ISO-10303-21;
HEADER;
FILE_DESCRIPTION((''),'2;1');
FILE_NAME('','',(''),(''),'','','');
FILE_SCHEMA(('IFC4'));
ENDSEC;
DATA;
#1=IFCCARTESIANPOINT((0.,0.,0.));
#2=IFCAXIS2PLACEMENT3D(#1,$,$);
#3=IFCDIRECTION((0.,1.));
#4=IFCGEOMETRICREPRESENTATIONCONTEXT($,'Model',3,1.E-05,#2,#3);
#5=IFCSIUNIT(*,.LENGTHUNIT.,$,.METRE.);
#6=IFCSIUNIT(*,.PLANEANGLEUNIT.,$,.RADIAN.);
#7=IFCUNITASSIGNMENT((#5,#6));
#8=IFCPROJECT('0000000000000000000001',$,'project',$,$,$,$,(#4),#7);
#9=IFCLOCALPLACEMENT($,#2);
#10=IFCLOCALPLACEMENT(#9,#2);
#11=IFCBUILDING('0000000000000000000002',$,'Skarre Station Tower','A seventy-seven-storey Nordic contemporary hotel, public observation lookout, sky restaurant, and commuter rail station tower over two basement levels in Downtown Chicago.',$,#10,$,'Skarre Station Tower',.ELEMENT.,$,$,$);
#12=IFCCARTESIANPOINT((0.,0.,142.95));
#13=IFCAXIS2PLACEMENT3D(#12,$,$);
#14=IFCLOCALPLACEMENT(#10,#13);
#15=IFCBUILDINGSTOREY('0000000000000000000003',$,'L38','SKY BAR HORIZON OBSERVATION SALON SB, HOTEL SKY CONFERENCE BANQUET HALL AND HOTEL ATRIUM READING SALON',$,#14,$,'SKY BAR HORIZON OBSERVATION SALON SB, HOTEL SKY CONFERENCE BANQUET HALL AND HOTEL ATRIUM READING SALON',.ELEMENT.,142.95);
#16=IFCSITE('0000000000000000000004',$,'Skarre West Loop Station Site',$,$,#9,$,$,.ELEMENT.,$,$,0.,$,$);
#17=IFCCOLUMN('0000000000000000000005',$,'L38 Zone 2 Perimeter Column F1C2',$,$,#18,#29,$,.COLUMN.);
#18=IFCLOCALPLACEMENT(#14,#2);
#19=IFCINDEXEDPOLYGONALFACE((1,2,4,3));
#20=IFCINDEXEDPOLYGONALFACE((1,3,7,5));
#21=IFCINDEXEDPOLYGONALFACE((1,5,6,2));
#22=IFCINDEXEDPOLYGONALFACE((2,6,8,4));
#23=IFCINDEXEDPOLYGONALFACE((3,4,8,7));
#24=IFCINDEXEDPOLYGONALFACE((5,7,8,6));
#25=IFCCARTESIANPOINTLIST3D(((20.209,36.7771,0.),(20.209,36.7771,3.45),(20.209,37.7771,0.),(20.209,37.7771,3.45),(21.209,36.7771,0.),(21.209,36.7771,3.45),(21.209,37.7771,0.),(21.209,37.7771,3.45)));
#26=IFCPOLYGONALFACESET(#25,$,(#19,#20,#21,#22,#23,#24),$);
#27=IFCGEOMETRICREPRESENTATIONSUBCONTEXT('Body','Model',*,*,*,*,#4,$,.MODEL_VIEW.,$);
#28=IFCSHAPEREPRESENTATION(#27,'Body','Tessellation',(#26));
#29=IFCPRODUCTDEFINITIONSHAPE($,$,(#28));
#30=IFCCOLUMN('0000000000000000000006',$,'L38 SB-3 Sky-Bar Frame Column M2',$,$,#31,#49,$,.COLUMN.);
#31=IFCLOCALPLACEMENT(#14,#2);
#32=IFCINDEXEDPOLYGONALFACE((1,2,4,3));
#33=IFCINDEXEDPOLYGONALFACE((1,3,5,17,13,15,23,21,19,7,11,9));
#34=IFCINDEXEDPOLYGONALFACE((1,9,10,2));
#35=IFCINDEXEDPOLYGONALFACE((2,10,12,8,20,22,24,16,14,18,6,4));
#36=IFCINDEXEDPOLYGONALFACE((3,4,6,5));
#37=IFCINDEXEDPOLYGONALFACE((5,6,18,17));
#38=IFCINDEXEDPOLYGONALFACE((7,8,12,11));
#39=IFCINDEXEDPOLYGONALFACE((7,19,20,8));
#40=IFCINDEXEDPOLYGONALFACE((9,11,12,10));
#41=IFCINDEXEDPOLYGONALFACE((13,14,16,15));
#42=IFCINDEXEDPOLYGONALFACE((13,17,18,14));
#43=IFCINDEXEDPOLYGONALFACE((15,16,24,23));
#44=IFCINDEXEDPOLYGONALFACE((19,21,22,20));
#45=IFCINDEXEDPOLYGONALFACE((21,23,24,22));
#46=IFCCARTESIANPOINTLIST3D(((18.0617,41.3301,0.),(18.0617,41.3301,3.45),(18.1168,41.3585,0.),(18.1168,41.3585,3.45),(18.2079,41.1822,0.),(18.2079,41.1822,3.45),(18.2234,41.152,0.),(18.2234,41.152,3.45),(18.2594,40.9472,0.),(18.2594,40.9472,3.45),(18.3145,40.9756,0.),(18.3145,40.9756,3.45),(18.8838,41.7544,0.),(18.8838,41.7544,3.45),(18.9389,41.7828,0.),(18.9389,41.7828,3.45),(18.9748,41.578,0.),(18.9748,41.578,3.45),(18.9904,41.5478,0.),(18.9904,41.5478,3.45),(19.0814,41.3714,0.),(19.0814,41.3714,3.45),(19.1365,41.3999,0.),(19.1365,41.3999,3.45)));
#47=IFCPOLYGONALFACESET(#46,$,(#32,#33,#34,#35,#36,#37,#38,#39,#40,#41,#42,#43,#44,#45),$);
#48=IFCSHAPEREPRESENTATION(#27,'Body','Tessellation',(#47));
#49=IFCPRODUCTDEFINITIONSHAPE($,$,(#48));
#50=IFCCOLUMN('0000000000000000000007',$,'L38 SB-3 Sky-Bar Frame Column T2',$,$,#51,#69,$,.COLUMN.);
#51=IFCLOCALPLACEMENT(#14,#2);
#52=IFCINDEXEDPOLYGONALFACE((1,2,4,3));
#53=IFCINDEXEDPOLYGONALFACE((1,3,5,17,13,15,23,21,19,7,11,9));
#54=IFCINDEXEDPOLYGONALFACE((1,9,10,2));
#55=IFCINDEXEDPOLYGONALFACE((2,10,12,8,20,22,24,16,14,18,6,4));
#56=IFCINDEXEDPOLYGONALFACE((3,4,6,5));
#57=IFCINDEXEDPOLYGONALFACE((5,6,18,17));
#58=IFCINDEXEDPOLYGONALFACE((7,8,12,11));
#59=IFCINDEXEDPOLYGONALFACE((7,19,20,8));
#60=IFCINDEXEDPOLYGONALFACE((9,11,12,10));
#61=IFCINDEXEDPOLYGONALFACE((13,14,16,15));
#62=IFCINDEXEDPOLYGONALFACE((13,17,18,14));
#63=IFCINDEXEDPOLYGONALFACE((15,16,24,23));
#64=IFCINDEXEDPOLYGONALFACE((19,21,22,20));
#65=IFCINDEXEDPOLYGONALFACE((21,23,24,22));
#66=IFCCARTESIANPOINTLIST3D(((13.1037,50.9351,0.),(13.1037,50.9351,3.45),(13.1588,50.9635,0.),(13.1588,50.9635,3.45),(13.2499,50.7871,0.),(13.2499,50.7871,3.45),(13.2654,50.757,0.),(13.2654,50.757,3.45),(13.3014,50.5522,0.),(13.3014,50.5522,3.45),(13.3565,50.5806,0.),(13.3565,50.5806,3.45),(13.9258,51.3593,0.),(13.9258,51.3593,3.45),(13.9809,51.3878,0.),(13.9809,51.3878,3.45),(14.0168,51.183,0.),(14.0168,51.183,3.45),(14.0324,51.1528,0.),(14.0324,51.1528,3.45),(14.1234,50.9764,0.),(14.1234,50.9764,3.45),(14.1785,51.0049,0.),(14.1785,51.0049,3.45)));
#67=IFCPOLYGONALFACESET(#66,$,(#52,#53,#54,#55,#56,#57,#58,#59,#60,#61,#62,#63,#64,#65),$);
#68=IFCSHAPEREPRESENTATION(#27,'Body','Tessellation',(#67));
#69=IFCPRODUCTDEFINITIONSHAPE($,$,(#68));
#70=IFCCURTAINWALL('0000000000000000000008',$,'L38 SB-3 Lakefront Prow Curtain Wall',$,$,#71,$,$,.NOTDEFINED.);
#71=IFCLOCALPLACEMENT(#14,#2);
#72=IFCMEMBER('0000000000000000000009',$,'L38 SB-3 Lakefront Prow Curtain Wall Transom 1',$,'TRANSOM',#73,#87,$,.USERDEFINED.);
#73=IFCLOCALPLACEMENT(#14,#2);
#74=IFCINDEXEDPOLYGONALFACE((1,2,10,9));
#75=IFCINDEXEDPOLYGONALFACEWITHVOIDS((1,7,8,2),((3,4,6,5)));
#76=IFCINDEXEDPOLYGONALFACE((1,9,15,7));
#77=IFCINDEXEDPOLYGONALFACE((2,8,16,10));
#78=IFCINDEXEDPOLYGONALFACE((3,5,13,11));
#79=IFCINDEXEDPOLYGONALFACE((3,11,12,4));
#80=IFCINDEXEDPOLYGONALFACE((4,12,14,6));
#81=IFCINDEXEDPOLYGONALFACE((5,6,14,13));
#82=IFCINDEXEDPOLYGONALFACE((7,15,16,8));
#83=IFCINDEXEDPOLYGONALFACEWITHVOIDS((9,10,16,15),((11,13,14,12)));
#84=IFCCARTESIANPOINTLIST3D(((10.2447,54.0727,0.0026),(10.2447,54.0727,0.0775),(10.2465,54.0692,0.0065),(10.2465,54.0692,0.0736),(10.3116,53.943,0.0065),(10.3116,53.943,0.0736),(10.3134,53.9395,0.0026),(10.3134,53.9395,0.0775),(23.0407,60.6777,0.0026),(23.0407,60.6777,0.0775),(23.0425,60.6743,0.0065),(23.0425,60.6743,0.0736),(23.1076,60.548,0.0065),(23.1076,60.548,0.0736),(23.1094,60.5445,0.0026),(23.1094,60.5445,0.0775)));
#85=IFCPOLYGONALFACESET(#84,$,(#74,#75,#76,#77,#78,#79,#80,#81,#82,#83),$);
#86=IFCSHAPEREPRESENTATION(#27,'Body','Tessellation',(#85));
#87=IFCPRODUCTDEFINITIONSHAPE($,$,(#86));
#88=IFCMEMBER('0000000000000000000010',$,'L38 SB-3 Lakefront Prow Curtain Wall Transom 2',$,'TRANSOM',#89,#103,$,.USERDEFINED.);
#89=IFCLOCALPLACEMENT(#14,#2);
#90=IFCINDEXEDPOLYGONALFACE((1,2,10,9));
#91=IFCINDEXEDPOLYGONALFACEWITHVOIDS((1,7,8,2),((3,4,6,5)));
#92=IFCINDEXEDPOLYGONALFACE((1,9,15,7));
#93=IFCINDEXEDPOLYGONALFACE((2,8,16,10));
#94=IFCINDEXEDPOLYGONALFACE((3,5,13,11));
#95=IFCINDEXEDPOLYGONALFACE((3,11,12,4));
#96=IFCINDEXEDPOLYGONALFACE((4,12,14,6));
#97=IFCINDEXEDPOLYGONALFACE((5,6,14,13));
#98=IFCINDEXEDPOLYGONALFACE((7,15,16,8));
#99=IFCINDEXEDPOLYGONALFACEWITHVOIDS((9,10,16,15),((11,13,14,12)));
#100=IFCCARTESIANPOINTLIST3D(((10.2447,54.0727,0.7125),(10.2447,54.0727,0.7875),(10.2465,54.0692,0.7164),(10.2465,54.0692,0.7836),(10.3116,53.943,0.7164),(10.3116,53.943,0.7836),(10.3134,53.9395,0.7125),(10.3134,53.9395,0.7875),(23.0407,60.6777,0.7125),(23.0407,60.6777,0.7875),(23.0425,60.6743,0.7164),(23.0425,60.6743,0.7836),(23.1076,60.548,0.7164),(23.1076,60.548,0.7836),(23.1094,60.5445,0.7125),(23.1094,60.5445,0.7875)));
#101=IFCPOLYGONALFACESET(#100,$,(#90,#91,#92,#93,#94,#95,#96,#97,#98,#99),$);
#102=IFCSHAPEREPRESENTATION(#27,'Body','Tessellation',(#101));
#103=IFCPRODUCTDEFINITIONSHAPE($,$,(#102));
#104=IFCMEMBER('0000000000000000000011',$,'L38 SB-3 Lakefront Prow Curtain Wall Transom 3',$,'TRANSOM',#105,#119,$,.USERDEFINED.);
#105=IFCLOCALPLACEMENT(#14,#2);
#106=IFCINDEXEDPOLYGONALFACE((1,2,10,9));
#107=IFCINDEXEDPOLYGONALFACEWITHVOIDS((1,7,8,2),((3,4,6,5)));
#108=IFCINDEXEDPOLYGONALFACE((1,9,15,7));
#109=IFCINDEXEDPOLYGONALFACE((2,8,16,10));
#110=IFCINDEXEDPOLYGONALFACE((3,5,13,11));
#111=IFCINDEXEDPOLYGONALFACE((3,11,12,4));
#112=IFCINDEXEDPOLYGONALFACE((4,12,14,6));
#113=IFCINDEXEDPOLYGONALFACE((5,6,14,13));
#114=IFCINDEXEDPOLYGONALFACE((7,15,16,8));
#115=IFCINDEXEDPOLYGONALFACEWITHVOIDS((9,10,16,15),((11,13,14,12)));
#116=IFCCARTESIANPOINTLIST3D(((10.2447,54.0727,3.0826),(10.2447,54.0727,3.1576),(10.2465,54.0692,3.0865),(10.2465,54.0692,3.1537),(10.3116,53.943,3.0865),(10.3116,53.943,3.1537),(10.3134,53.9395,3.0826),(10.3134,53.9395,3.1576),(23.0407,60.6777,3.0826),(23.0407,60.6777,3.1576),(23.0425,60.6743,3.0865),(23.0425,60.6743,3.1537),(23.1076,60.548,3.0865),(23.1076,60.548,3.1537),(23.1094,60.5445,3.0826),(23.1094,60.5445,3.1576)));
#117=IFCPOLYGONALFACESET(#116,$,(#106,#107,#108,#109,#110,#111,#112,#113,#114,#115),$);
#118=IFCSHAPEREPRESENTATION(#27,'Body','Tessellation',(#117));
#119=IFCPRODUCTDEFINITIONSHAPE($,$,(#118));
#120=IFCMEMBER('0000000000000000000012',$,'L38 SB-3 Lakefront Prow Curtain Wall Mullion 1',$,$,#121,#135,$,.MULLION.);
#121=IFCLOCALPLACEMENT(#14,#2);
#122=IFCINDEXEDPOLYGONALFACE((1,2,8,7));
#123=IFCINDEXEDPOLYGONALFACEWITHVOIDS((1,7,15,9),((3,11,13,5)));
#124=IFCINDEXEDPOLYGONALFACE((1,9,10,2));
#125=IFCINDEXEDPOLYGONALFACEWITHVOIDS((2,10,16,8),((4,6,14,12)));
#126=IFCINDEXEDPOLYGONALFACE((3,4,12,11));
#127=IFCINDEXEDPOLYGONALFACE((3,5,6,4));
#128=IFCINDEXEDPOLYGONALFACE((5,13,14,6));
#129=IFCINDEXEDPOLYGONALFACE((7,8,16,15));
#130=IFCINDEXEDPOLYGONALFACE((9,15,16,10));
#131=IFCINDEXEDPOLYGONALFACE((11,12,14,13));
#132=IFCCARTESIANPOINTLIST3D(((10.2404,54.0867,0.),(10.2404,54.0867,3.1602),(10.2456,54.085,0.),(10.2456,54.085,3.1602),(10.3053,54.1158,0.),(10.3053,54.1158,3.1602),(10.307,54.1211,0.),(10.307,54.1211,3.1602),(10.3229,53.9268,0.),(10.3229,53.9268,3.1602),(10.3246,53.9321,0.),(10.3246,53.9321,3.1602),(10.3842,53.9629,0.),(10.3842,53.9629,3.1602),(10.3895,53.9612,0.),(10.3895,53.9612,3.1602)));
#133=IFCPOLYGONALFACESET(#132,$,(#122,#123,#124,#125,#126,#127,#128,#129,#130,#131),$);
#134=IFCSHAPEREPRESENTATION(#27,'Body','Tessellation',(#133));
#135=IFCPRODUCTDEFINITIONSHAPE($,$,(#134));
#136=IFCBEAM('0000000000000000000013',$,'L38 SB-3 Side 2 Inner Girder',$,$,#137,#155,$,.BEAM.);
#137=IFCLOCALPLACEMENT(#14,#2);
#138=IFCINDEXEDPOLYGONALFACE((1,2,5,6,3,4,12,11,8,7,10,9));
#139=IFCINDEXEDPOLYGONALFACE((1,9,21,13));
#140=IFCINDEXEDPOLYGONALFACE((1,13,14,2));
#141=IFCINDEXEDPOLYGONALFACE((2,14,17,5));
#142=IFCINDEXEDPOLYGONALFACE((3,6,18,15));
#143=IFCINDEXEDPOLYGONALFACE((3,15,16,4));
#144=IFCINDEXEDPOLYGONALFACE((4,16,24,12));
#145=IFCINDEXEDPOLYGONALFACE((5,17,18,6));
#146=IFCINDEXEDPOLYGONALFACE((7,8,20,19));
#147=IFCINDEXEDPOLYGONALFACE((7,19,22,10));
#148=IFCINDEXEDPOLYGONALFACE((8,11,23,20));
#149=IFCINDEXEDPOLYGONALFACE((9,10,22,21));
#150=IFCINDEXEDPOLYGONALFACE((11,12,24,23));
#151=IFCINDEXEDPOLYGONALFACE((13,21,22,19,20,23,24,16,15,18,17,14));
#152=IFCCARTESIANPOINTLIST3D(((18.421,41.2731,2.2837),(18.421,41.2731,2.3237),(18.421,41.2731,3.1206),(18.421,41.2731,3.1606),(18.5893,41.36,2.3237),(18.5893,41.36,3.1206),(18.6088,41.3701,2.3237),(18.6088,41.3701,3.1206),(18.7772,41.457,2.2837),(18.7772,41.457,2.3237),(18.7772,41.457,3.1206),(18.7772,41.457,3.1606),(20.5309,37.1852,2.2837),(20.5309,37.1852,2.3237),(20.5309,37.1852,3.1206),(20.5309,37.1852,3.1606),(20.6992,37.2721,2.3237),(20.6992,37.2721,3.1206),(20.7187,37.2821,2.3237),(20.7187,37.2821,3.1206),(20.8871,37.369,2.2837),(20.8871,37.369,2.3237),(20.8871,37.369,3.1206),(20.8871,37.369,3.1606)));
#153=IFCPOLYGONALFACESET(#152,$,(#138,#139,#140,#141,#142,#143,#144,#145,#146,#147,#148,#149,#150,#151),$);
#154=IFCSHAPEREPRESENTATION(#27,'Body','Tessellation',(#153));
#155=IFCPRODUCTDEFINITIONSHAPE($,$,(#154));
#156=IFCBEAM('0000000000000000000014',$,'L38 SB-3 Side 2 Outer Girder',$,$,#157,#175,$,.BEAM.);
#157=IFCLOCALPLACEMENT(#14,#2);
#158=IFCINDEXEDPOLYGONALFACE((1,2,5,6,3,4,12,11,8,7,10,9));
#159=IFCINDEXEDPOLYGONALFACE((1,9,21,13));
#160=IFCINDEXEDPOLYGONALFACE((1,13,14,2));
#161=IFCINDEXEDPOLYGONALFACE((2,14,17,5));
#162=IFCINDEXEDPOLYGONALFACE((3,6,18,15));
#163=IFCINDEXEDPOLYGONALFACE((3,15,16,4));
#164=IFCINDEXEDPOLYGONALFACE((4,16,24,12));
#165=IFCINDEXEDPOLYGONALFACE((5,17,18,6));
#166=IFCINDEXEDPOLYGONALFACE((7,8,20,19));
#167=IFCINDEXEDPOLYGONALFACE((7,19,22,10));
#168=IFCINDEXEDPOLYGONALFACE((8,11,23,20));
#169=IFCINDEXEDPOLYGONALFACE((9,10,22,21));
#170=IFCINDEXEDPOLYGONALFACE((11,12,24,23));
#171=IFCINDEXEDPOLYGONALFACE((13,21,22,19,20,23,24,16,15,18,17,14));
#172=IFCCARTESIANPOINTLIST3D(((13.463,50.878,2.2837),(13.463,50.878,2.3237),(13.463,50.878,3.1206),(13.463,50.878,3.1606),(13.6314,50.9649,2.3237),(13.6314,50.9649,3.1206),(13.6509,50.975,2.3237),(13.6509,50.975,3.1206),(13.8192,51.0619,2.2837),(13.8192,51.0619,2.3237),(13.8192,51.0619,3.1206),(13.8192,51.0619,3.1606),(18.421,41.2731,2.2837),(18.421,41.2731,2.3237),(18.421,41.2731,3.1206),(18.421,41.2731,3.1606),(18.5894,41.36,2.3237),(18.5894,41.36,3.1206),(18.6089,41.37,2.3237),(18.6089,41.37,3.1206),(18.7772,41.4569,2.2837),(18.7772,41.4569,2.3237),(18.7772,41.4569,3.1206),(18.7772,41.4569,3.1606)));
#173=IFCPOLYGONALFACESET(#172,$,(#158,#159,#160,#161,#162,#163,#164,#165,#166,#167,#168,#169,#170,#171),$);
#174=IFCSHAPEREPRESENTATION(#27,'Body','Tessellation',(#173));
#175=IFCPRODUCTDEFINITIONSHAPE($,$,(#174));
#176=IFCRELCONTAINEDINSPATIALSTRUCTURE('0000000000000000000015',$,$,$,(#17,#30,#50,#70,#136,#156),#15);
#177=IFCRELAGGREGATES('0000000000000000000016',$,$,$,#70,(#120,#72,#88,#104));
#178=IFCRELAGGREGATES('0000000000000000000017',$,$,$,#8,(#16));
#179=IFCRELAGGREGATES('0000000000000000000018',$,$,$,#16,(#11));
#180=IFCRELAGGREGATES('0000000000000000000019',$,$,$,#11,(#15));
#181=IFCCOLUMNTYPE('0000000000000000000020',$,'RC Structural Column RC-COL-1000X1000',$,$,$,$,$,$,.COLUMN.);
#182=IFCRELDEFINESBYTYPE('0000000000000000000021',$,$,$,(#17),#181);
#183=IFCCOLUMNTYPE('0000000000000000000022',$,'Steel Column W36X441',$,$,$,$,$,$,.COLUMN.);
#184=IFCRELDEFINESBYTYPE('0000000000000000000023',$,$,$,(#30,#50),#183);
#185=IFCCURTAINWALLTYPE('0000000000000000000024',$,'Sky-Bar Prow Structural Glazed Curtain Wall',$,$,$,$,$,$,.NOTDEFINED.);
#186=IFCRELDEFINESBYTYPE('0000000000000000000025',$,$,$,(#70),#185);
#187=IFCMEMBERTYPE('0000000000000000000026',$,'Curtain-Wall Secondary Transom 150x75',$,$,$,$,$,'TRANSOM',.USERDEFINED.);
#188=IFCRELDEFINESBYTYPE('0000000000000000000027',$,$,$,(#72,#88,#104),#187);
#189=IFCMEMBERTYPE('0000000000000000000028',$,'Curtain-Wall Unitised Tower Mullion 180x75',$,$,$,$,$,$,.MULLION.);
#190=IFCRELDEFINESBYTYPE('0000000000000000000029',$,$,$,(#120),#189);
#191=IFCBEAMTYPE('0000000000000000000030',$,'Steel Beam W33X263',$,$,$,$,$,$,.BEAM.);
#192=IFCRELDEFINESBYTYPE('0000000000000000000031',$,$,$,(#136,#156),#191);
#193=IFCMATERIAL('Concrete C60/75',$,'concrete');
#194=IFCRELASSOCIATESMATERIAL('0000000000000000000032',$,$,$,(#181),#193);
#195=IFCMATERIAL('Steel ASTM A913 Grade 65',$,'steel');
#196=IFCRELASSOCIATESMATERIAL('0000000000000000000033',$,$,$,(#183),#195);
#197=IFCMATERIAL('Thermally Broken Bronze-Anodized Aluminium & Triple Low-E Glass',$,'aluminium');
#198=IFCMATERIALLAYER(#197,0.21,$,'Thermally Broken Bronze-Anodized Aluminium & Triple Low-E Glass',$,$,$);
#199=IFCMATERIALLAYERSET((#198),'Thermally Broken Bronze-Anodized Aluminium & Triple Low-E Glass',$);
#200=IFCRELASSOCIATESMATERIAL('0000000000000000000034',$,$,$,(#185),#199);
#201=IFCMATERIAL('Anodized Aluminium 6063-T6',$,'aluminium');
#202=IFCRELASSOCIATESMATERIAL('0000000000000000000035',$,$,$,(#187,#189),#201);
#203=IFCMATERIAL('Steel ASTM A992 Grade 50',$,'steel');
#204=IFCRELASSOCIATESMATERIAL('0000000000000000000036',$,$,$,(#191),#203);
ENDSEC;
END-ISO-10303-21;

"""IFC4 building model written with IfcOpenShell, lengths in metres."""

from ifc_helpers import new_model, si_unit, direction, frame, origin, origin_2d, place, context, subcontext, project, spatial, rectangle, hollow_rectangle, i_section, extrude, material, layer, layer_set, material_profile, profile_set, type_object, element, aggregate, save


model = new_model("IFC4")

# Units and contexts
model_context = context("Model", 3, precision=1e-05, world=origin(), true_north=direction((0.0, 1.0)))
body_context = subcontext(model_context, "Body", "Model", "MODEL_VIEW")
ifc_project = project(units=[si_unit("LENGTHUNIT", "METRE"), si_unit("PLANEANGLEUNIT", "RADIAN")], contexts=[model_context])

# Site, building, storey
site_placement = place(None, origin())
site = spatial("IfcSite", under=ifc_project, at=site_placement, Name="Skarre West Loop Station Site", CompositionType="ELEMENT", RefElevation=0.0)
building_placement = place(site_placement, origin())
building = spatial("IfcBuilding", under=site, at=building_placement, Name="Skarre Station Tower", Description="A seventy-seven-storey Nordic contemporary hotel, public observation lookout, sky restaurant, and commuter rail station tower over two basement levels in Downtown Chicago.", LongName="Skarre Station Tower", CompositionType="ELEMENT")
storey_placement = place(building_placement, frame((0.0, 0.0, 142.95)))
storey = spatial("IfcBuildingStorey", under=building, at=storey_placement, Name="L38", Description="SKY BAR HORIZON OBSERVATION SALON SB, HOTEL SKY CONFERENCE BANQUET HALL AND HOTEL ATRIUM READING SALON", LongName="SKY BAR HORIZON OBSERVATION SALON SB, HOTEL SKY CONFERENCE BANQUET HALL AND HOTEL ATRIUM READING SALON", CompositionType="ELEMENT", Elevation=142.95)

# Columns
ifc_material_1 = material(Name="Concrete C60/75", Category="concrete")
ifc_material_profile_1 = material_profile(ifc_material_1, rectangle(XDim=1.0, YDim=1.0, at=origin_2d()), Name="Concrete C60/75")
ifc_profile_set_1 = profile_set([ifc_material_profile_1], Name="Concrete C60/75")
column_type_1 = type_object("IfcColumnType", Name="RC Structural Column RC-COL-1000X1000", PredefinedType="COLUMN", material=ifc_profile_set_1)
column_placement = place(storey_placement, frame((20.709, 37.2771, 0.0), z_axis=(0.0, 0.0, 1.0), x_axis=(1.0, 0.0, 0.0)))
element("IfcColumn", 1, at=column_placement, inside=storey, type_object=column_type_1, Name="L38 Zone 2 Perimeter Column F1C2", PredefinedType="COLUMN", context=body_context, shape_type="SweptSolid", body=[
    extrude(rectangle(XDim=1.0, YDim=1.0, at=origin_2d()), origin(), (0.0, 0.0, 1.0), 3.45),
])
ifc_material_2 = material(Name="Steel ASTM A913 Grade 65", Category="steel")
ifc_material_profile_2 = material_profile(ifc_material_2, i_section(OverallWidth=0.4309, OverallDepth=0.9871, WebThickness=0.0339, FlangeThickness=0.062, at=origin_2d()), Name="Steel ASTM A913 Grade 65")
ifc_profile_set_2 = profile_set([ifc_material_profile_2], Name="Steel ASTM A913 Grade 65")
column_type_2 = type_object("IfcColumnType", Name="Steel Column W36X441", PredefinedType="COLUMN", material=ifc_profile_set_2)
for number, where, z_axis, x_axis, name in (
    (2, (18.5991, 41.365, 0.0), (0.0, 0.0, 1.0), (-0.45865, 0.888617, 0.0), "L38 SB-3 Sky-Bar Frame Column M2"),
    (3, (13.6411, 50.97, 0.0), (0.0, 0.0, 1.0), (-0.45865, 0.888617, 0.0), "L38 SB-3 Sky-Bar Frame Column T2"),
):
    element("IfcColumn", number, at=place(storey_placement, frame(where, z_axis=z_axis, x_axis=x_axis)), inside=storey, type_object=column_type_2, Name=name, PredefinedType="COLUMN", context=body_context, shape_type="SweptSolid", body=[
        extrude(i_section(OverallWidth=0.4309, OverallDepth=0.9871, WebThickness=0.0339, FlangeThickness=0.062, at=origin_2d()), origin(), (0.0, 0.0, 1.0), 3.45),
    ])

# Curtain wall, members
ifc_material_3 = material(Name="Thermally Broken Bronze-Anodized Aluminium & Triple Low-E Glass", Category="aluminium")
ifc_layer_1 = layer(ifc_material_3, 0.21, Name="Thermally Broken Bronze-Anodized Aluminium & Triple Low-E Glass")
ifc_layer_set_1 = layer_set([ifc_layer_1], Name="Thermally Broken Bronze-Anodized Aluminium & Triple Low-E Glass")
curtain_wall_type = type_object("IfcCurtainWallType", Name="Sky-Bar Prow Structural Glazed Curtain Wall", PredefinedType="NOTDEFINED", material=ifc_layer_set_1)
curtain_wall_placement = place(storey_placement, origin())
curtain_wall = element("IfcCurtainWall", 4, at=curtain_wall_placement, inside=storey, type_object=curtain_wall_type, Name="L38 SB-3 Lakefront Prow Curtain Wall", PredefinedType="NOTDEFINED")
ifc_material_4 = material(Name="Anodized Aluminium 6063-T6", Category="aluminium")
ifc_material_profile_3 = material_profile(ifc_material_4, hollow_rectangle(XDim=0.075, YDim=0.1499, WallThickness=0.0039, at=origin_2d()), Name="Anodized Aluminium 6063-T6")
ifc_profile_set_3 = profile_set([ifc_material_profile_3], Name="Anodized Aluminium 6063-T6")
member_type_1 = type_object("IfcMemberType", Name="Curtain-Wall Secondary Transom 150x75", ElementType="TRANSOM", PredefinedType="USERDEFINED", material=ifc_profile_set_3)
member_1_placement = place(storey_placement, frame((10.2791, 54.0061, 0.04), z_axis=(0.888602, 0.458678, 0.0), x_axis=(0.0, 0.0, 1.0)))
member_1 = element("IfcMember", 5, at=member_1_placement, type_object=member_type_1, Name="L38 SB-3 Lakefront Prow Curtain Wall Transom 1", ObjectType="TRANSOM", PredefinedType="USERDEFINED", context=body_context, shape_type="SweptSolid", body=[
    extrude(hollow_rectangle(XDim=0.075, YDim=0.1499, WallThickness=0.0039, at=origin_2d()), origin(), (0.0, 0.0, 1.0), 14.4001),
])
member_2_placement = place(storey_placement, frame((10.2791, 54.0061, 0.75), z_axis=(0.888602, 0.458678, 0.0), x_axis=(0.0, 0.0, 1.0)))
member_2 = element("IfcMember", 6, at=member_2_placement, type_object=member_type_1, Name="L38 SB-3 Lakefront Prow Curtain Wall Transom 2", ObjectType="TRANSOM", PredefinedType="USERDEFINED", context=body_context, shape_type="SweptSolid", body=[
    extrude(hollow_rectangle(XDim=0.075, YDim=0.1499, WallThickness=0.0039, at=origin_2d()), origin(), (0.0, 0.0, 1.0), 14.4001),
])
member_3_placement = place(storey_placement, frame((10.2791, 54.0061, 3.1201), z_axis=(0.888602, 0.458678, 0.0), x_axis=(0.0, 0.0, 1.0)))
member_3 = element("IfcMember", 7, at=member_3_placement, type_object=member_type_1, Name="L38 SB-3 Lakefront Prow Curtain Wall Transom 3", ObjectType="TRANSOM", PredefinedType="USERDEFINED", context=body_context, shape_type="SweptSolid", body=[
    extrude(hollow_rectangle(XDim=0.075, YDim=0.1499, WallThickness=0.0039, at=origin_2d()), origin(), (0.0, 0.0, 1.0), 14.4001),
])
ifc_material_profile_4 = material_profile(ifc_material_4, hollow_rectangle(XDim=0.075, YDim=0.1799, WallThickness=0.0039, at=origin_2d()), Name="Anodized Aluminium 6063-T6")
ifc_profile_set_4 = profile_set([ifc_material_profile_4], Name="Anodized Aluminium 6063-T6")
member_type_2 = type_object("IfcMemberType", Name="Curtain-Wall Unitised Tower Mullion 180x75", PredefinedType="MULLION", material=ifc_profile_set_4)
member_4_placement = place(storey_placement, frame((10.3149, 54.0239, 0.0), z_axis=(0.0, 0.0, 1.0), x_axis=(0.888601, 0.458681, 0.0)))
member_4 = element("IfcMember", 8, at=member_4_placement, type_object=member_type_2, Name="L38 SB-3 Lakefront Prow Curtain Wall Mullion 1", PredefinedType="MULLION", context=body_context, shape_type="SweptSolid", body=[
    extrude(hollow_rectangle(XDim=0.075, YDim=0.1799, WallThickness=0.0039, at=origin_2d()), origin(), (0.0, 0.0, 1.0), 3.1602),
])
aggregate(curtain_wall, [member_4, member_1, member_2, member_3])

# Beams
ifc_material_5 = material(Name="Steel ASTM A992 Grade 50", Category="steel")
ifc_material_profile_5 = material_profile(ifc_material_5, i_section(OverallWidth=0.4009, OverallDepth=0.877, WebThickness=0.022, FlangeThickness=0.04, at=origin_2d()), Name="Steel ASTM A992 Grade 50")
ifc_profile_set_5 = profile_set([ifc_material_profile_5], Name="Steel ASTM A992 Grade 50")
beam_type_1 = type_object("IfcBeamType", Name="Steel Beam W33X263", PredefinedType="BEAM", material=ifc_profile_set_5)
beam_1_placement = place(storey_placement, frame((20.709, 37.2771, 2.7222), z_axis=(-0.45864, 0.888622, 0.0), x_axis=(-0.888622, -0.45864, 0.0)))
element("IfcBeam", 9, at=beam_1_placement, inside=storey, type_object=beam_type_1, Name="L38 SB-3 Side 2 Inner Girder", PredefinedType="BEAM", context=body_context, shape_type="SweptSolid", body=[
    extrude(i_section(OverallWidth=0.4009, OverallDepth=0.877, WebThickness=0.022, FlangeThickness=0.04, at=origin_2d()), origin(), (0.0, 0.0, 1.0), 4.6003),
])
beam_2_placement = place(storey_placement, frame((18.5991, 41.365, 2.7222), z_axis=(-0.458687, 0.888598, 0.0), x_axis=(-0.888598, -0.458687, 0.0)))
element("IfcBeam", 10, at=beam_2_placement, inside=storey, type_object=beam_type_1, Name="L38 SB-3 Side 2 Outer Girder", PredefinedType="BEAM", context=body_context, shape_type="SweptSolid", body=[
    extrude(i_section(OverallWidth=0.4009, OverallDepth=0.877, WebThickness=0.022, FlangeThickness=0.04, at=origin_2d()), origin(), (0.0, 0.0, 1.0), 10.8091),
])

save(model, "model.ifc")
